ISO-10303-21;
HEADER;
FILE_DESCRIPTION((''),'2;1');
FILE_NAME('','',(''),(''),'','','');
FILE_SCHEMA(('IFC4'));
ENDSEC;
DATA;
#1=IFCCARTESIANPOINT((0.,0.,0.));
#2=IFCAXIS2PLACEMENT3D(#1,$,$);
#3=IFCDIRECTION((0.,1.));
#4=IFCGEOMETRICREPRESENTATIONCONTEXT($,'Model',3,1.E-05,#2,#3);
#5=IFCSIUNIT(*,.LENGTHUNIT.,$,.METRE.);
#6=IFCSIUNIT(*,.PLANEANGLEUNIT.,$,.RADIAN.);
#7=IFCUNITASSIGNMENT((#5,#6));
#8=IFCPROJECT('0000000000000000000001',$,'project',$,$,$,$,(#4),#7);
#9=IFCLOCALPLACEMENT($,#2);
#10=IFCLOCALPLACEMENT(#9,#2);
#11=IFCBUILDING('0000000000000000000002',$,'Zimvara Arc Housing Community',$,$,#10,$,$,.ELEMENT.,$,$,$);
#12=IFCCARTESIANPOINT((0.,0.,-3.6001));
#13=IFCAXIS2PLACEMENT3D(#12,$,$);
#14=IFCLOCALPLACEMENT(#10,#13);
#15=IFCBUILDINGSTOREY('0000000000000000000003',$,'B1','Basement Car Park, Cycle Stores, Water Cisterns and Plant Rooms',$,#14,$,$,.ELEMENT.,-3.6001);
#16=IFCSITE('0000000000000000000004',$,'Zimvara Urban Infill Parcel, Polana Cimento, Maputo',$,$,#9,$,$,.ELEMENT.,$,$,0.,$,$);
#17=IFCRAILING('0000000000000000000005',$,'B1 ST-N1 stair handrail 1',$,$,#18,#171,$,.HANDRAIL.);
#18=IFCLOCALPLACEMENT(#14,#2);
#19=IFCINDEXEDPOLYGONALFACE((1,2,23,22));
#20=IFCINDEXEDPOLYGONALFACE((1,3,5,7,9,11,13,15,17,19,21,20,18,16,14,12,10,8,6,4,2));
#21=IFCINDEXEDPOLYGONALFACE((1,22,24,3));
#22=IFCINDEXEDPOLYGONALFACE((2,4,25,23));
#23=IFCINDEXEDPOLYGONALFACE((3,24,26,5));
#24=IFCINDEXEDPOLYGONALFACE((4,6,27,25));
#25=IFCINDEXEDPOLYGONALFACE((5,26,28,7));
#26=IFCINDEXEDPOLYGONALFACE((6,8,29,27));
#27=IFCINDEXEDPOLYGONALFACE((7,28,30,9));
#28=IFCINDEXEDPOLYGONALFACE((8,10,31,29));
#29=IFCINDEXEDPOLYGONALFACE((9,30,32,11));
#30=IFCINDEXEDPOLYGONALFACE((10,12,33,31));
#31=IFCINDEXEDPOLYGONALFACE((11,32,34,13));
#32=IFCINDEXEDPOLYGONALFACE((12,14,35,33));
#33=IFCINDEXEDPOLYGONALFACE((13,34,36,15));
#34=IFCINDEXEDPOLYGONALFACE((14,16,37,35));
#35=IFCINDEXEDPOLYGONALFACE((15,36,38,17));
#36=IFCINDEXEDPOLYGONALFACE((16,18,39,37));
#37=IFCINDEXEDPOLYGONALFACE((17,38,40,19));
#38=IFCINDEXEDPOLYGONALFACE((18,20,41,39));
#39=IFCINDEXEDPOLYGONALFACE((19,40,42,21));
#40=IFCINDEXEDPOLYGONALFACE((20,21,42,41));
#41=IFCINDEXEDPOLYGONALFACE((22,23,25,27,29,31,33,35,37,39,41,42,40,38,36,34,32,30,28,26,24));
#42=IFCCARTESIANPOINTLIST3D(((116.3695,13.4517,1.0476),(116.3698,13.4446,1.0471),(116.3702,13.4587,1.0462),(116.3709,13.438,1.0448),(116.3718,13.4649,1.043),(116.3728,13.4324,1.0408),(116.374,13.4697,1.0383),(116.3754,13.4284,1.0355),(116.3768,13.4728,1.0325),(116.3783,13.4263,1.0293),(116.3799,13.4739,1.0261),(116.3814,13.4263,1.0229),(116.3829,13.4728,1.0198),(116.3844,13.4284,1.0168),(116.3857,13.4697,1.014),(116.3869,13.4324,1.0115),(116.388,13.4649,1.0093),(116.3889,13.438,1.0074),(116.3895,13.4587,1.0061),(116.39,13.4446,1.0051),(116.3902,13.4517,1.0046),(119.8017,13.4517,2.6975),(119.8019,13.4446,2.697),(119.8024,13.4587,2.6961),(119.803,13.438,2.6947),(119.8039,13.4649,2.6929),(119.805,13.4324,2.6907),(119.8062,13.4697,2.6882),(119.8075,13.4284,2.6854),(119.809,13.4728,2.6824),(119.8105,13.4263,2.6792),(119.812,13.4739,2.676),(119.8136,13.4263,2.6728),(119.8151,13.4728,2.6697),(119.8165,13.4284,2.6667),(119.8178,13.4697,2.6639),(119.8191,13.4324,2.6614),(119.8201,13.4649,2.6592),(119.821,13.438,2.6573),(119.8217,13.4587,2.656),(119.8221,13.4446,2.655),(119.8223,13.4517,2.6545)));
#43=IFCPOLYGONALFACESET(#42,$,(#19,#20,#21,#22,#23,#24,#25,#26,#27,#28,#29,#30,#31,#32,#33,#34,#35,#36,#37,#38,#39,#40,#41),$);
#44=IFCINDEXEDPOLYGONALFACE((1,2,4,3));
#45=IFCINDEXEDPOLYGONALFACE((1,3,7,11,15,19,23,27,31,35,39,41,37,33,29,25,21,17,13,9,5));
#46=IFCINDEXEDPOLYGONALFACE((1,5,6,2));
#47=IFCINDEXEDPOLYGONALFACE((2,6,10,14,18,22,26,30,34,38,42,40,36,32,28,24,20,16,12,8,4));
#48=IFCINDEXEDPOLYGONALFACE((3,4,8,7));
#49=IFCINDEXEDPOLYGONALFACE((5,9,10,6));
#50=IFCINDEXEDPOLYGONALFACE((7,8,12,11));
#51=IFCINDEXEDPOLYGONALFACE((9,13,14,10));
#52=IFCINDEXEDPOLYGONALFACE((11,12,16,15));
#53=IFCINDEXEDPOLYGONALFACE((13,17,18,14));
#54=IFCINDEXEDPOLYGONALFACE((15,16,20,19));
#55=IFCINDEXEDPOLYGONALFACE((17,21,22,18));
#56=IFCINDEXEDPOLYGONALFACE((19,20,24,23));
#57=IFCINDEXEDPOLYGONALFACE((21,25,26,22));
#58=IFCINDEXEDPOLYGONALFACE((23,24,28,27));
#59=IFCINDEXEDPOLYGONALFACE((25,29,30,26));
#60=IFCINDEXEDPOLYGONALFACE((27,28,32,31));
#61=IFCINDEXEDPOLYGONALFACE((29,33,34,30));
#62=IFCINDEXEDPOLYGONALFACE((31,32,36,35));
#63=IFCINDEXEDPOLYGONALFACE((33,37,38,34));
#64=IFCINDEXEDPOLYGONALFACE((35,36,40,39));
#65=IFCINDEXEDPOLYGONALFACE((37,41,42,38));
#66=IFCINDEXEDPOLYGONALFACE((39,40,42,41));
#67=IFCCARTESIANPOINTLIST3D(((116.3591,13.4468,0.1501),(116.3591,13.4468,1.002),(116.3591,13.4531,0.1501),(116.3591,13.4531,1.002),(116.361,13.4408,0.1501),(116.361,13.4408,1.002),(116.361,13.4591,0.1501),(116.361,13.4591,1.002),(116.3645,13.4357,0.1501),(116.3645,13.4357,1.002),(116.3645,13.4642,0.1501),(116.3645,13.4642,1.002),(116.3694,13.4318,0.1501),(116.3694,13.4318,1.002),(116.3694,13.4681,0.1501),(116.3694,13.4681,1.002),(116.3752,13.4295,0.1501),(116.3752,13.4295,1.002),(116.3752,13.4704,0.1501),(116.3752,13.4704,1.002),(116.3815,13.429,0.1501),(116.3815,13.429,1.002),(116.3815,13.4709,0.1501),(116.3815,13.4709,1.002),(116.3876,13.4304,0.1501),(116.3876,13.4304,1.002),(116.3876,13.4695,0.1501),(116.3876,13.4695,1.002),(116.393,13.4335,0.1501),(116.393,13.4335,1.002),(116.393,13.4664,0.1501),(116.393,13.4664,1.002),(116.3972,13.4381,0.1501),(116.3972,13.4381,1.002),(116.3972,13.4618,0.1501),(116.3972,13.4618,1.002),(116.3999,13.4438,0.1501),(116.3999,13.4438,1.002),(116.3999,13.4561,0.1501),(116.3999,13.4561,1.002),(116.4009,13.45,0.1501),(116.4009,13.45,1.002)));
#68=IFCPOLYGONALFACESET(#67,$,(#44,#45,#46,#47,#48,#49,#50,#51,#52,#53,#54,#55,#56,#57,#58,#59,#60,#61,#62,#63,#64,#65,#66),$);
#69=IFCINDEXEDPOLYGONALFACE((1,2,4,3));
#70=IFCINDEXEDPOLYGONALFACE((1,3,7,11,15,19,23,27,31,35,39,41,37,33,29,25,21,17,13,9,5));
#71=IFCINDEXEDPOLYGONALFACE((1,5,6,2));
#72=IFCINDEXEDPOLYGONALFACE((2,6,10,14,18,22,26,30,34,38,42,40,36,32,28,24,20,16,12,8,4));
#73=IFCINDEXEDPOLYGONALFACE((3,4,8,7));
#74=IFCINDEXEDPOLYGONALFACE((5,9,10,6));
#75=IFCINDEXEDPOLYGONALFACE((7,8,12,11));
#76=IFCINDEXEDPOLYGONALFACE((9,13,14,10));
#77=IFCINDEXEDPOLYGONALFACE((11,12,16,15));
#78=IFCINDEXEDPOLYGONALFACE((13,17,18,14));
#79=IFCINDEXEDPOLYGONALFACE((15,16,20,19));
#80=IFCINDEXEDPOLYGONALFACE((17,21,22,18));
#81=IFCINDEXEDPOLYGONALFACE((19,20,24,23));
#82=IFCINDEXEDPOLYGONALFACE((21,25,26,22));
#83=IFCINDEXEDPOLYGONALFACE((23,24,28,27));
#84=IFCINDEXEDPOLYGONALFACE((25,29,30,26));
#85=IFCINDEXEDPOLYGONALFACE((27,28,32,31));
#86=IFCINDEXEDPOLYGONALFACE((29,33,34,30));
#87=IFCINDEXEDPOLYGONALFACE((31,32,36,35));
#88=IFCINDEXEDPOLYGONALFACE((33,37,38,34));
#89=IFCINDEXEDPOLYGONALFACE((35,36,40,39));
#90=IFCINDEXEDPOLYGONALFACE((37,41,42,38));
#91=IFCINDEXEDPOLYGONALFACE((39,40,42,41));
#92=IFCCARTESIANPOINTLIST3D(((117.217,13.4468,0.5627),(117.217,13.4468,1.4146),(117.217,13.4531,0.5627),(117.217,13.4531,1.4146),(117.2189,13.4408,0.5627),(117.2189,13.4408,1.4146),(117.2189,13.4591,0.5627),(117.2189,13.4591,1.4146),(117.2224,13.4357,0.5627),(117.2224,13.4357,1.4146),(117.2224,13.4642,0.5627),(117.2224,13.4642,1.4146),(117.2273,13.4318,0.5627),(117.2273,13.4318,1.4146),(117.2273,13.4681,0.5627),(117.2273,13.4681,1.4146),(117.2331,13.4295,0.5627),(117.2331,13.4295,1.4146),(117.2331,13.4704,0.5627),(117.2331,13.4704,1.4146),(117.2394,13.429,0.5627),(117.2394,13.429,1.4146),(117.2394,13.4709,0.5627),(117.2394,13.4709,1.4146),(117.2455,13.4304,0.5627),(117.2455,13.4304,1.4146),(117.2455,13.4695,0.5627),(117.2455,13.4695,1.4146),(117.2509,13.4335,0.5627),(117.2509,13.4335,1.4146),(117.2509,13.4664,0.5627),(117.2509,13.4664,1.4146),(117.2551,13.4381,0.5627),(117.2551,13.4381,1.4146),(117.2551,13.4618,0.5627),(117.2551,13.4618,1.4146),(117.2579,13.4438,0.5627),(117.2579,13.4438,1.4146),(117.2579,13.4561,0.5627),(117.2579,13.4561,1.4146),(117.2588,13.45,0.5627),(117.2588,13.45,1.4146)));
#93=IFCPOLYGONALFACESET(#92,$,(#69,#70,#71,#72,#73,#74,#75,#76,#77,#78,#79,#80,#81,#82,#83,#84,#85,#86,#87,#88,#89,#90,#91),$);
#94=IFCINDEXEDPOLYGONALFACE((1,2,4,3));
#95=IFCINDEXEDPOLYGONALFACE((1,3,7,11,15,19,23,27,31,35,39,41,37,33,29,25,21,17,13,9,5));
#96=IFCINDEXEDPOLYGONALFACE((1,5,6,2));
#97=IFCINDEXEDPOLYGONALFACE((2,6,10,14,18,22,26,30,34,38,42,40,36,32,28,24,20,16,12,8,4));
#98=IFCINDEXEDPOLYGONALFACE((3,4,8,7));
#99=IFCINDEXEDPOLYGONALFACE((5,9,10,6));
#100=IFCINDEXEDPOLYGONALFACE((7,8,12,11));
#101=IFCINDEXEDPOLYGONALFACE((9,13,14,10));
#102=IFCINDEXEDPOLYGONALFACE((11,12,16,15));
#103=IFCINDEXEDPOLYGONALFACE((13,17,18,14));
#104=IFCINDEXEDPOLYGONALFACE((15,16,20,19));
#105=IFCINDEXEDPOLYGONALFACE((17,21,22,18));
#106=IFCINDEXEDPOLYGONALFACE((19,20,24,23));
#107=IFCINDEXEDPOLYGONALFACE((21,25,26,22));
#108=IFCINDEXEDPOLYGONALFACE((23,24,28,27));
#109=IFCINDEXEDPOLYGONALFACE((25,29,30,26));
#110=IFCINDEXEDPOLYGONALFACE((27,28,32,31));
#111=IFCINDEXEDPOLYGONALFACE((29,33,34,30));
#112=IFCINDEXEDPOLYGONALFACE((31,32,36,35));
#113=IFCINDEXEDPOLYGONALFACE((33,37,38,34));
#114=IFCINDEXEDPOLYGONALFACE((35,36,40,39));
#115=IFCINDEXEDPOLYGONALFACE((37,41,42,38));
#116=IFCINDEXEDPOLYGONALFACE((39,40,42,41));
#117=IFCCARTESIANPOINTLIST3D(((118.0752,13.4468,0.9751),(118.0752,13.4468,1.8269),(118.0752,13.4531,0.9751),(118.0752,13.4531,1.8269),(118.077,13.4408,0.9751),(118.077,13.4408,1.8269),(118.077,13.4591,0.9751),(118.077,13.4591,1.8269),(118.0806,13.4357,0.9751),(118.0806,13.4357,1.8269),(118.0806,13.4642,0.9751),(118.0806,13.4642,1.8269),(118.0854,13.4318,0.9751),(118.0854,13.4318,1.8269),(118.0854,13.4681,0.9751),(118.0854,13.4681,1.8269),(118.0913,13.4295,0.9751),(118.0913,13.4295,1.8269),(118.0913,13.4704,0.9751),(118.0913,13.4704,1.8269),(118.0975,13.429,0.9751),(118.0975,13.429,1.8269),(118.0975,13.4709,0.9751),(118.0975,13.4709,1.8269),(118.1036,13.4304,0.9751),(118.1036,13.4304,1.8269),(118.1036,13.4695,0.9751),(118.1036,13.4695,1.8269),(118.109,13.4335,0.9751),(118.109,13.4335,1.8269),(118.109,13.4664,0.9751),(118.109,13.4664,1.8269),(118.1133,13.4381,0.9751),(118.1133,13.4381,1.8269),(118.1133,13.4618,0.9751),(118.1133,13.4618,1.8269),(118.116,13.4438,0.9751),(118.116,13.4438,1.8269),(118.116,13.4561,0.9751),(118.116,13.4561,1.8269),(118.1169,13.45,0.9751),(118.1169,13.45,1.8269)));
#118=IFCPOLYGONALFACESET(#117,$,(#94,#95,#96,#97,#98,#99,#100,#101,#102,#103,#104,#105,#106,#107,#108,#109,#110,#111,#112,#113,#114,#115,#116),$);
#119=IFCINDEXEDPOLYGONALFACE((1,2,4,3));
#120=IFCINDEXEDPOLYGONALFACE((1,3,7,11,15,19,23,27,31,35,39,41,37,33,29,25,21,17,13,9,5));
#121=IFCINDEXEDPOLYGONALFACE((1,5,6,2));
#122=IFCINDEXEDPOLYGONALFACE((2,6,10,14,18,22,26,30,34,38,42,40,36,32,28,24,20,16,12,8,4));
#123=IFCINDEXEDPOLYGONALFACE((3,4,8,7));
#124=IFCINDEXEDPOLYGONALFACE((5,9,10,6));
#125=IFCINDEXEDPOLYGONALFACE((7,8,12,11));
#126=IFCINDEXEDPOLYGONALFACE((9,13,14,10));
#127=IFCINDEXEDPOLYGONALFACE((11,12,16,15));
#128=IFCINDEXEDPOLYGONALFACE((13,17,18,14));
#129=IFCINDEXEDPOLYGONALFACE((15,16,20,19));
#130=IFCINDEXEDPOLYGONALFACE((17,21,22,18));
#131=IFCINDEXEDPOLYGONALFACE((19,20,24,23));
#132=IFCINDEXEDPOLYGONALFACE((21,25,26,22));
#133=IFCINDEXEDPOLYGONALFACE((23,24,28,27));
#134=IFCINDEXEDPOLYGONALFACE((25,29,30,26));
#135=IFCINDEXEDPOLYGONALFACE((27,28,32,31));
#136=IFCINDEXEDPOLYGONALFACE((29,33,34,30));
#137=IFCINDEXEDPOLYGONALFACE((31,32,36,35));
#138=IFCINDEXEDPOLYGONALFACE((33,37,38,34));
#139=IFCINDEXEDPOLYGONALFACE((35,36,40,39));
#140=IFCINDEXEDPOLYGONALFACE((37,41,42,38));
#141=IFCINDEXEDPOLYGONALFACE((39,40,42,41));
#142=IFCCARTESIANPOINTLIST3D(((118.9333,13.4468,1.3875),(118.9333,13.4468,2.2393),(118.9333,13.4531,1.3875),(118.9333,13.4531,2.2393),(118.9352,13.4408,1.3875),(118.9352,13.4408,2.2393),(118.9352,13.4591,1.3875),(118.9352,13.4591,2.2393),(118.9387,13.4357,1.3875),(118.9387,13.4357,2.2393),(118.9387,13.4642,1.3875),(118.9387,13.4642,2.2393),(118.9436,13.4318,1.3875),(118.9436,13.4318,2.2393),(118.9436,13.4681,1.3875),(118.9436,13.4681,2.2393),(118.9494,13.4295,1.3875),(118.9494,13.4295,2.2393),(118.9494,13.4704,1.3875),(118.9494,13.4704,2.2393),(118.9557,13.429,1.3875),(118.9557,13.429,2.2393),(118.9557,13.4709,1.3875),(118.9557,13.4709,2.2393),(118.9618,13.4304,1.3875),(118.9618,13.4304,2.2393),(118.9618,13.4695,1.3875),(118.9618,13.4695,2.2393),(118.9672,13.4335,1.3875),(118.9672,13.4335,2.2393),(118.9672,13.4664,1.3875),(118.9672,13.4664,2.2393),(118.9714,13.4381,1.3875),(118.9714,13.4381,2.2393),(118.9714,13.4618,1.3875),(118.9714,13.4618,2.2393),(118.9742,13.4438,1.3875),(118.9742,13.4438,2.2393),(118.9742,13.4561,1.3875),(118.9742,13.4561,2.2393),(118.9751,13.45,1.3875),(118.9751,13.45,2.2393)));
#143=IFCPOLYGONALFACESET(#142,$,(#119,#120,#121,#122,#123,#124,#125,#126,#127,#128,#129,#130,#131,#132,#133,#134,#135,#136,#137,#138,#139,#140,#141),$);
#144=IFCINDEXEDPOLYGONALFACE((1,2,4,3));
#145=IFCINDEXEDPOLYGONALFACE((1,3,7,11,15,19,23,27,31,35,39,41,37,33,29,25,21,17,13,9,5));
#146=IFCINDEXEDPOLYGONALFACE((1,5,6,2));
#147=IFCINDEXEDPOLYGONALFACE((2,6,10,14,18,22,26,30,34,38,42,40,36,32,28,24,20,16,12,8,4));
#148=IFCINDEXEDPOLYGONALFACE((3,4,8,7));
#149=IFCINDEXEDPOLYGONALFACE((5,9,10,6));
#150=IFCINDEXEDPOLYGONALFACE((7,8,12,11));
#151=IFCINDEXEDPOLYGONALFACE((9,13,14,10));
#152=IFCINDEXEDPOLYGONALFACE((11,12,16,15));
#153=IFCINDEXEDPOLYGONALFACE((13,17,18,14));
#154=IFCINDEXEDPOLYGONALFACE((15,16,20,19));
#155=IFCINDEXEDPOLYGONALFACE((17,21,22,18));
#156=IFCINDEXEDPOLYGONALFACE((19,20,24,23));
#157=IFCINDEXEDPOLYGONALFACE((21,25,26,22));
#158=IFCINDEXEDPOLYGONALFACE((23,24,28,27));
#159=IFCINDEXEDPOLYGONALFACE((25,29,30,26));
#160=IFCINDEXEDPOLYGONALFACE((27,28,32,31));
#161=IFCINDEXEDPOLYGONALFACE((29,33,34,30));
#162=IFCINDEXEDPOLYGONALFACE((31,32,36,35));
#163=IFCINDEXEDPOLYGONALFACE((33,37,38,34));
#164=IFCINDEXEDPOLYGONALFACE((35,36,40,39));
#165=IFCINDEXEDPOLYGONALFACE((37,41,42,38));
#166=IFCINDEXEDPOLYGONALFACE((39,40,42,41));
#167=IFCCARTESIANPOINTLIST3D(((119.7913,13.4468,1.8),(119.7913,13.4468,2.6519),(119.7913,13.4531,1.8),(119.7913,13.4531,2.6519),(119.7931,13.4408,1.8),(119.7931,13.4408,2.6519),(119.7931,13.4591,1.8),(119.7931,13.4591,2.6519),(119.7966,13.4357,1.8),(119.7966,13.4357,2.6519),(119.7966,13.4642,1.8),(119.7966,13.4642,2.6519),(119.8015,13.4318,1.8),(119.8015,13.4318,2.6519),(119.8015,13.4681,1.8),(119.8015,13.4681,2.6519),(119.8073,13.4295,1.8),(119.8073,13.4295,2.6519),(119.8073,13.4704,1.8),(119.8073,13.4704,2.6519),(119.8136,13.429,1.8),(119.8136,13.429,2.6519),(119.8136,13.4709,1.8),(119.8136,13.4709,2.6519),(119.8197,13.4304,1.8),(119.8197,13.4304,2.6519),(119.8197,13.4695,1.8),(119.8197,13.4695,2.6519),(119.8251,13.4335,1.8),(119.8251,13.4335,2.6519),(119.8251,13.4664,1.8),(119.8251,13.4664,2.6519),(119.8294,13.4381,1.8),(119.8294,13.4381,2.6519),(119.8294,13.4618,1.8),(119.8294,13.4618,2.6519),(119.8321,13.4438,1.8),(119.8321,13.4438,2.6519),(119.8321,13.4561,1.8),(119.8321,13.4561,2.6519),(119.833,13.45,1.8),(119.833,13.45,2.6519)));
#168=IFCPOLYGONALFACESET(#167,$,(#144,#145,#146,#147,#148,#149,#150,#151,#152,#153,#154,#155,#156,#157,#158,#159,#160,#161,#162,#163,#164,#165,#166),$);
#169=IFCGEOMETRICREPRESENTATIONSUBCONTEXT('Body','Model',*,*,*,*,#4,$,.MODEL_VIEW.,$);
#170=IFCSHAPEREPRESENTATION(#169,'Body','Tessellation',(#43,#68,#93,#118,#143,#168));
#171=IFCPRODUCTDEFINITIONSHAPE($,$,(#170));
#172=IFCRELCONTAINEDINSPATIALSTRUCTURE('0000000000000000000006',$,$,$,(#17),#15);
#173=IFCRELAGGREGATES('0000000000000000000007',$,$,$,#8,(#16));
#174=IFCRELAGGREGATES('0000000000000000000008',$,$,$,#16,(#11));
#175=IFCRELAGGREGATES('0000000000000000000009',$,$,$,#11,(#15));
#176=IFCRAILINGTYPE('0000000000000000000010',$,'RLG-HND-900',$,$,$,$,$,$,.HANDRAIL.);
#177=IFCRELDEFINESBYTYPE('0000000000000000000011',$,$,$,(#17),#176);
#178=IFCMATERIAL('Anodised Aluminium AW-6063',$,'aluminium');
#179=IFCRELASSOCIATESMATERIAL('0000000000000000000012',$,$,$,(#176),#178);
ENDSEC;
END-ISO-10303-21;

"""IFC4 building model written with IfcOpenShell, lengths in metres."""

from ifc_helpers import new_model, si_unit, direction, frame, origin, origin_2d, place, context, subcontext, project, spatial, circle, extrude, material, type_object, element, save


model = new_model("IFC4")

# Units and contexts
model_context = context("Model", 3, precision=1e-05, world=origin(), true_north=direction((0.0, 1.0)))
body_context = subcontext(model_context, "Body", "Model", "MODEL_VIEW")
ifc_project = project(units=[si_unit("LENGTHUNIT", "METRE"), si_unit("PLANEANGLEUNIT", "RADIAN")], contexts=[model_context])

# Site, building, storey
site_placement = place(None, origin())
site = spatial("IfcSite", under=ifc_project, at=site_placement, Name="Zimvara Urban Infill Parcel, Polana Cimento, Maputo", CompositionType="ELEMENT", RefElevation=0.0)
building_placement = place(site_placement, origin())
building = spatial("IfcBuilding", under=site, at=building_placement, Name="Zimvara Arc Housing Community", CompositionType="ELEMENT")
storey_placement = place(building_placement, frame((0.0, 0.0, -3.6001)))
storey = spatial("IfcBuildingStorey", under=building, at=storey_placement, Name="B1", Description="Basement Car Park, Cycle Stores, Water Cisterns and Plant Rooms", CompositionType="ELEMENT", Elevation=-3.6001)

# Railing
ifc_material_1 = material(Name="Anodised Aluminium AW-6063", Category="aluminium")
railing_type_1 = type_object("IfcRailingType", Name="RLG-HND-900", PredefinedType="HANDRAIL", material=ifc_material_1)
railing_1_placement = place(storey_placement, frame((116.3799, 13.45, 0.1501)))
element("IfcRailing", 1, at=railing_1_placement, inside=storey, type_object=railing_type_1, Name="B1 ST-N1 stair handrail 1", PredefinedType="HANDRAIL", context=body_context, shape_type="SweptSolid", body=[
    extrude(circle(Radius=0.0239, at=origin_2d()), frame((0.0, 0.0, 0.876), z_axis=(0.901269, 0.0, 0.43326), x_axis=(0.0, 1.0, 0.0)), (0.0, 0.0, 1.0), 3.8081),
    extrude(circle(Radius=0.021, at=origin_2d()), origin(), (0.0, 0.0, 1.0), 0.8518),
    extrude(circle(Radius=0.021, at=origin_2d()), frame((0.8579, 0.0, 0.4126)), (0.0, 0.0, 1.0), 0.8518),
    extrude(circle(Radius=0.021, at=origin_2d()), frame((1.7161, 0.0, 0.825)), (0.0, 0.0, 1.0), 0.8518),
    extrude(circle(Radius=0.021, at=origin_2d()), frame((2.5742, 0.0, 1.2373)), (0.0, 0.0, 1.0), 0.8518),
    extrude(circle(Radius=0.021, at=origin_2d()), frame((3.4321, 0.0, 1.6499)), (0.0, 0.0, 1.0), 0.8518),
])

save(model, "model.ifc")
